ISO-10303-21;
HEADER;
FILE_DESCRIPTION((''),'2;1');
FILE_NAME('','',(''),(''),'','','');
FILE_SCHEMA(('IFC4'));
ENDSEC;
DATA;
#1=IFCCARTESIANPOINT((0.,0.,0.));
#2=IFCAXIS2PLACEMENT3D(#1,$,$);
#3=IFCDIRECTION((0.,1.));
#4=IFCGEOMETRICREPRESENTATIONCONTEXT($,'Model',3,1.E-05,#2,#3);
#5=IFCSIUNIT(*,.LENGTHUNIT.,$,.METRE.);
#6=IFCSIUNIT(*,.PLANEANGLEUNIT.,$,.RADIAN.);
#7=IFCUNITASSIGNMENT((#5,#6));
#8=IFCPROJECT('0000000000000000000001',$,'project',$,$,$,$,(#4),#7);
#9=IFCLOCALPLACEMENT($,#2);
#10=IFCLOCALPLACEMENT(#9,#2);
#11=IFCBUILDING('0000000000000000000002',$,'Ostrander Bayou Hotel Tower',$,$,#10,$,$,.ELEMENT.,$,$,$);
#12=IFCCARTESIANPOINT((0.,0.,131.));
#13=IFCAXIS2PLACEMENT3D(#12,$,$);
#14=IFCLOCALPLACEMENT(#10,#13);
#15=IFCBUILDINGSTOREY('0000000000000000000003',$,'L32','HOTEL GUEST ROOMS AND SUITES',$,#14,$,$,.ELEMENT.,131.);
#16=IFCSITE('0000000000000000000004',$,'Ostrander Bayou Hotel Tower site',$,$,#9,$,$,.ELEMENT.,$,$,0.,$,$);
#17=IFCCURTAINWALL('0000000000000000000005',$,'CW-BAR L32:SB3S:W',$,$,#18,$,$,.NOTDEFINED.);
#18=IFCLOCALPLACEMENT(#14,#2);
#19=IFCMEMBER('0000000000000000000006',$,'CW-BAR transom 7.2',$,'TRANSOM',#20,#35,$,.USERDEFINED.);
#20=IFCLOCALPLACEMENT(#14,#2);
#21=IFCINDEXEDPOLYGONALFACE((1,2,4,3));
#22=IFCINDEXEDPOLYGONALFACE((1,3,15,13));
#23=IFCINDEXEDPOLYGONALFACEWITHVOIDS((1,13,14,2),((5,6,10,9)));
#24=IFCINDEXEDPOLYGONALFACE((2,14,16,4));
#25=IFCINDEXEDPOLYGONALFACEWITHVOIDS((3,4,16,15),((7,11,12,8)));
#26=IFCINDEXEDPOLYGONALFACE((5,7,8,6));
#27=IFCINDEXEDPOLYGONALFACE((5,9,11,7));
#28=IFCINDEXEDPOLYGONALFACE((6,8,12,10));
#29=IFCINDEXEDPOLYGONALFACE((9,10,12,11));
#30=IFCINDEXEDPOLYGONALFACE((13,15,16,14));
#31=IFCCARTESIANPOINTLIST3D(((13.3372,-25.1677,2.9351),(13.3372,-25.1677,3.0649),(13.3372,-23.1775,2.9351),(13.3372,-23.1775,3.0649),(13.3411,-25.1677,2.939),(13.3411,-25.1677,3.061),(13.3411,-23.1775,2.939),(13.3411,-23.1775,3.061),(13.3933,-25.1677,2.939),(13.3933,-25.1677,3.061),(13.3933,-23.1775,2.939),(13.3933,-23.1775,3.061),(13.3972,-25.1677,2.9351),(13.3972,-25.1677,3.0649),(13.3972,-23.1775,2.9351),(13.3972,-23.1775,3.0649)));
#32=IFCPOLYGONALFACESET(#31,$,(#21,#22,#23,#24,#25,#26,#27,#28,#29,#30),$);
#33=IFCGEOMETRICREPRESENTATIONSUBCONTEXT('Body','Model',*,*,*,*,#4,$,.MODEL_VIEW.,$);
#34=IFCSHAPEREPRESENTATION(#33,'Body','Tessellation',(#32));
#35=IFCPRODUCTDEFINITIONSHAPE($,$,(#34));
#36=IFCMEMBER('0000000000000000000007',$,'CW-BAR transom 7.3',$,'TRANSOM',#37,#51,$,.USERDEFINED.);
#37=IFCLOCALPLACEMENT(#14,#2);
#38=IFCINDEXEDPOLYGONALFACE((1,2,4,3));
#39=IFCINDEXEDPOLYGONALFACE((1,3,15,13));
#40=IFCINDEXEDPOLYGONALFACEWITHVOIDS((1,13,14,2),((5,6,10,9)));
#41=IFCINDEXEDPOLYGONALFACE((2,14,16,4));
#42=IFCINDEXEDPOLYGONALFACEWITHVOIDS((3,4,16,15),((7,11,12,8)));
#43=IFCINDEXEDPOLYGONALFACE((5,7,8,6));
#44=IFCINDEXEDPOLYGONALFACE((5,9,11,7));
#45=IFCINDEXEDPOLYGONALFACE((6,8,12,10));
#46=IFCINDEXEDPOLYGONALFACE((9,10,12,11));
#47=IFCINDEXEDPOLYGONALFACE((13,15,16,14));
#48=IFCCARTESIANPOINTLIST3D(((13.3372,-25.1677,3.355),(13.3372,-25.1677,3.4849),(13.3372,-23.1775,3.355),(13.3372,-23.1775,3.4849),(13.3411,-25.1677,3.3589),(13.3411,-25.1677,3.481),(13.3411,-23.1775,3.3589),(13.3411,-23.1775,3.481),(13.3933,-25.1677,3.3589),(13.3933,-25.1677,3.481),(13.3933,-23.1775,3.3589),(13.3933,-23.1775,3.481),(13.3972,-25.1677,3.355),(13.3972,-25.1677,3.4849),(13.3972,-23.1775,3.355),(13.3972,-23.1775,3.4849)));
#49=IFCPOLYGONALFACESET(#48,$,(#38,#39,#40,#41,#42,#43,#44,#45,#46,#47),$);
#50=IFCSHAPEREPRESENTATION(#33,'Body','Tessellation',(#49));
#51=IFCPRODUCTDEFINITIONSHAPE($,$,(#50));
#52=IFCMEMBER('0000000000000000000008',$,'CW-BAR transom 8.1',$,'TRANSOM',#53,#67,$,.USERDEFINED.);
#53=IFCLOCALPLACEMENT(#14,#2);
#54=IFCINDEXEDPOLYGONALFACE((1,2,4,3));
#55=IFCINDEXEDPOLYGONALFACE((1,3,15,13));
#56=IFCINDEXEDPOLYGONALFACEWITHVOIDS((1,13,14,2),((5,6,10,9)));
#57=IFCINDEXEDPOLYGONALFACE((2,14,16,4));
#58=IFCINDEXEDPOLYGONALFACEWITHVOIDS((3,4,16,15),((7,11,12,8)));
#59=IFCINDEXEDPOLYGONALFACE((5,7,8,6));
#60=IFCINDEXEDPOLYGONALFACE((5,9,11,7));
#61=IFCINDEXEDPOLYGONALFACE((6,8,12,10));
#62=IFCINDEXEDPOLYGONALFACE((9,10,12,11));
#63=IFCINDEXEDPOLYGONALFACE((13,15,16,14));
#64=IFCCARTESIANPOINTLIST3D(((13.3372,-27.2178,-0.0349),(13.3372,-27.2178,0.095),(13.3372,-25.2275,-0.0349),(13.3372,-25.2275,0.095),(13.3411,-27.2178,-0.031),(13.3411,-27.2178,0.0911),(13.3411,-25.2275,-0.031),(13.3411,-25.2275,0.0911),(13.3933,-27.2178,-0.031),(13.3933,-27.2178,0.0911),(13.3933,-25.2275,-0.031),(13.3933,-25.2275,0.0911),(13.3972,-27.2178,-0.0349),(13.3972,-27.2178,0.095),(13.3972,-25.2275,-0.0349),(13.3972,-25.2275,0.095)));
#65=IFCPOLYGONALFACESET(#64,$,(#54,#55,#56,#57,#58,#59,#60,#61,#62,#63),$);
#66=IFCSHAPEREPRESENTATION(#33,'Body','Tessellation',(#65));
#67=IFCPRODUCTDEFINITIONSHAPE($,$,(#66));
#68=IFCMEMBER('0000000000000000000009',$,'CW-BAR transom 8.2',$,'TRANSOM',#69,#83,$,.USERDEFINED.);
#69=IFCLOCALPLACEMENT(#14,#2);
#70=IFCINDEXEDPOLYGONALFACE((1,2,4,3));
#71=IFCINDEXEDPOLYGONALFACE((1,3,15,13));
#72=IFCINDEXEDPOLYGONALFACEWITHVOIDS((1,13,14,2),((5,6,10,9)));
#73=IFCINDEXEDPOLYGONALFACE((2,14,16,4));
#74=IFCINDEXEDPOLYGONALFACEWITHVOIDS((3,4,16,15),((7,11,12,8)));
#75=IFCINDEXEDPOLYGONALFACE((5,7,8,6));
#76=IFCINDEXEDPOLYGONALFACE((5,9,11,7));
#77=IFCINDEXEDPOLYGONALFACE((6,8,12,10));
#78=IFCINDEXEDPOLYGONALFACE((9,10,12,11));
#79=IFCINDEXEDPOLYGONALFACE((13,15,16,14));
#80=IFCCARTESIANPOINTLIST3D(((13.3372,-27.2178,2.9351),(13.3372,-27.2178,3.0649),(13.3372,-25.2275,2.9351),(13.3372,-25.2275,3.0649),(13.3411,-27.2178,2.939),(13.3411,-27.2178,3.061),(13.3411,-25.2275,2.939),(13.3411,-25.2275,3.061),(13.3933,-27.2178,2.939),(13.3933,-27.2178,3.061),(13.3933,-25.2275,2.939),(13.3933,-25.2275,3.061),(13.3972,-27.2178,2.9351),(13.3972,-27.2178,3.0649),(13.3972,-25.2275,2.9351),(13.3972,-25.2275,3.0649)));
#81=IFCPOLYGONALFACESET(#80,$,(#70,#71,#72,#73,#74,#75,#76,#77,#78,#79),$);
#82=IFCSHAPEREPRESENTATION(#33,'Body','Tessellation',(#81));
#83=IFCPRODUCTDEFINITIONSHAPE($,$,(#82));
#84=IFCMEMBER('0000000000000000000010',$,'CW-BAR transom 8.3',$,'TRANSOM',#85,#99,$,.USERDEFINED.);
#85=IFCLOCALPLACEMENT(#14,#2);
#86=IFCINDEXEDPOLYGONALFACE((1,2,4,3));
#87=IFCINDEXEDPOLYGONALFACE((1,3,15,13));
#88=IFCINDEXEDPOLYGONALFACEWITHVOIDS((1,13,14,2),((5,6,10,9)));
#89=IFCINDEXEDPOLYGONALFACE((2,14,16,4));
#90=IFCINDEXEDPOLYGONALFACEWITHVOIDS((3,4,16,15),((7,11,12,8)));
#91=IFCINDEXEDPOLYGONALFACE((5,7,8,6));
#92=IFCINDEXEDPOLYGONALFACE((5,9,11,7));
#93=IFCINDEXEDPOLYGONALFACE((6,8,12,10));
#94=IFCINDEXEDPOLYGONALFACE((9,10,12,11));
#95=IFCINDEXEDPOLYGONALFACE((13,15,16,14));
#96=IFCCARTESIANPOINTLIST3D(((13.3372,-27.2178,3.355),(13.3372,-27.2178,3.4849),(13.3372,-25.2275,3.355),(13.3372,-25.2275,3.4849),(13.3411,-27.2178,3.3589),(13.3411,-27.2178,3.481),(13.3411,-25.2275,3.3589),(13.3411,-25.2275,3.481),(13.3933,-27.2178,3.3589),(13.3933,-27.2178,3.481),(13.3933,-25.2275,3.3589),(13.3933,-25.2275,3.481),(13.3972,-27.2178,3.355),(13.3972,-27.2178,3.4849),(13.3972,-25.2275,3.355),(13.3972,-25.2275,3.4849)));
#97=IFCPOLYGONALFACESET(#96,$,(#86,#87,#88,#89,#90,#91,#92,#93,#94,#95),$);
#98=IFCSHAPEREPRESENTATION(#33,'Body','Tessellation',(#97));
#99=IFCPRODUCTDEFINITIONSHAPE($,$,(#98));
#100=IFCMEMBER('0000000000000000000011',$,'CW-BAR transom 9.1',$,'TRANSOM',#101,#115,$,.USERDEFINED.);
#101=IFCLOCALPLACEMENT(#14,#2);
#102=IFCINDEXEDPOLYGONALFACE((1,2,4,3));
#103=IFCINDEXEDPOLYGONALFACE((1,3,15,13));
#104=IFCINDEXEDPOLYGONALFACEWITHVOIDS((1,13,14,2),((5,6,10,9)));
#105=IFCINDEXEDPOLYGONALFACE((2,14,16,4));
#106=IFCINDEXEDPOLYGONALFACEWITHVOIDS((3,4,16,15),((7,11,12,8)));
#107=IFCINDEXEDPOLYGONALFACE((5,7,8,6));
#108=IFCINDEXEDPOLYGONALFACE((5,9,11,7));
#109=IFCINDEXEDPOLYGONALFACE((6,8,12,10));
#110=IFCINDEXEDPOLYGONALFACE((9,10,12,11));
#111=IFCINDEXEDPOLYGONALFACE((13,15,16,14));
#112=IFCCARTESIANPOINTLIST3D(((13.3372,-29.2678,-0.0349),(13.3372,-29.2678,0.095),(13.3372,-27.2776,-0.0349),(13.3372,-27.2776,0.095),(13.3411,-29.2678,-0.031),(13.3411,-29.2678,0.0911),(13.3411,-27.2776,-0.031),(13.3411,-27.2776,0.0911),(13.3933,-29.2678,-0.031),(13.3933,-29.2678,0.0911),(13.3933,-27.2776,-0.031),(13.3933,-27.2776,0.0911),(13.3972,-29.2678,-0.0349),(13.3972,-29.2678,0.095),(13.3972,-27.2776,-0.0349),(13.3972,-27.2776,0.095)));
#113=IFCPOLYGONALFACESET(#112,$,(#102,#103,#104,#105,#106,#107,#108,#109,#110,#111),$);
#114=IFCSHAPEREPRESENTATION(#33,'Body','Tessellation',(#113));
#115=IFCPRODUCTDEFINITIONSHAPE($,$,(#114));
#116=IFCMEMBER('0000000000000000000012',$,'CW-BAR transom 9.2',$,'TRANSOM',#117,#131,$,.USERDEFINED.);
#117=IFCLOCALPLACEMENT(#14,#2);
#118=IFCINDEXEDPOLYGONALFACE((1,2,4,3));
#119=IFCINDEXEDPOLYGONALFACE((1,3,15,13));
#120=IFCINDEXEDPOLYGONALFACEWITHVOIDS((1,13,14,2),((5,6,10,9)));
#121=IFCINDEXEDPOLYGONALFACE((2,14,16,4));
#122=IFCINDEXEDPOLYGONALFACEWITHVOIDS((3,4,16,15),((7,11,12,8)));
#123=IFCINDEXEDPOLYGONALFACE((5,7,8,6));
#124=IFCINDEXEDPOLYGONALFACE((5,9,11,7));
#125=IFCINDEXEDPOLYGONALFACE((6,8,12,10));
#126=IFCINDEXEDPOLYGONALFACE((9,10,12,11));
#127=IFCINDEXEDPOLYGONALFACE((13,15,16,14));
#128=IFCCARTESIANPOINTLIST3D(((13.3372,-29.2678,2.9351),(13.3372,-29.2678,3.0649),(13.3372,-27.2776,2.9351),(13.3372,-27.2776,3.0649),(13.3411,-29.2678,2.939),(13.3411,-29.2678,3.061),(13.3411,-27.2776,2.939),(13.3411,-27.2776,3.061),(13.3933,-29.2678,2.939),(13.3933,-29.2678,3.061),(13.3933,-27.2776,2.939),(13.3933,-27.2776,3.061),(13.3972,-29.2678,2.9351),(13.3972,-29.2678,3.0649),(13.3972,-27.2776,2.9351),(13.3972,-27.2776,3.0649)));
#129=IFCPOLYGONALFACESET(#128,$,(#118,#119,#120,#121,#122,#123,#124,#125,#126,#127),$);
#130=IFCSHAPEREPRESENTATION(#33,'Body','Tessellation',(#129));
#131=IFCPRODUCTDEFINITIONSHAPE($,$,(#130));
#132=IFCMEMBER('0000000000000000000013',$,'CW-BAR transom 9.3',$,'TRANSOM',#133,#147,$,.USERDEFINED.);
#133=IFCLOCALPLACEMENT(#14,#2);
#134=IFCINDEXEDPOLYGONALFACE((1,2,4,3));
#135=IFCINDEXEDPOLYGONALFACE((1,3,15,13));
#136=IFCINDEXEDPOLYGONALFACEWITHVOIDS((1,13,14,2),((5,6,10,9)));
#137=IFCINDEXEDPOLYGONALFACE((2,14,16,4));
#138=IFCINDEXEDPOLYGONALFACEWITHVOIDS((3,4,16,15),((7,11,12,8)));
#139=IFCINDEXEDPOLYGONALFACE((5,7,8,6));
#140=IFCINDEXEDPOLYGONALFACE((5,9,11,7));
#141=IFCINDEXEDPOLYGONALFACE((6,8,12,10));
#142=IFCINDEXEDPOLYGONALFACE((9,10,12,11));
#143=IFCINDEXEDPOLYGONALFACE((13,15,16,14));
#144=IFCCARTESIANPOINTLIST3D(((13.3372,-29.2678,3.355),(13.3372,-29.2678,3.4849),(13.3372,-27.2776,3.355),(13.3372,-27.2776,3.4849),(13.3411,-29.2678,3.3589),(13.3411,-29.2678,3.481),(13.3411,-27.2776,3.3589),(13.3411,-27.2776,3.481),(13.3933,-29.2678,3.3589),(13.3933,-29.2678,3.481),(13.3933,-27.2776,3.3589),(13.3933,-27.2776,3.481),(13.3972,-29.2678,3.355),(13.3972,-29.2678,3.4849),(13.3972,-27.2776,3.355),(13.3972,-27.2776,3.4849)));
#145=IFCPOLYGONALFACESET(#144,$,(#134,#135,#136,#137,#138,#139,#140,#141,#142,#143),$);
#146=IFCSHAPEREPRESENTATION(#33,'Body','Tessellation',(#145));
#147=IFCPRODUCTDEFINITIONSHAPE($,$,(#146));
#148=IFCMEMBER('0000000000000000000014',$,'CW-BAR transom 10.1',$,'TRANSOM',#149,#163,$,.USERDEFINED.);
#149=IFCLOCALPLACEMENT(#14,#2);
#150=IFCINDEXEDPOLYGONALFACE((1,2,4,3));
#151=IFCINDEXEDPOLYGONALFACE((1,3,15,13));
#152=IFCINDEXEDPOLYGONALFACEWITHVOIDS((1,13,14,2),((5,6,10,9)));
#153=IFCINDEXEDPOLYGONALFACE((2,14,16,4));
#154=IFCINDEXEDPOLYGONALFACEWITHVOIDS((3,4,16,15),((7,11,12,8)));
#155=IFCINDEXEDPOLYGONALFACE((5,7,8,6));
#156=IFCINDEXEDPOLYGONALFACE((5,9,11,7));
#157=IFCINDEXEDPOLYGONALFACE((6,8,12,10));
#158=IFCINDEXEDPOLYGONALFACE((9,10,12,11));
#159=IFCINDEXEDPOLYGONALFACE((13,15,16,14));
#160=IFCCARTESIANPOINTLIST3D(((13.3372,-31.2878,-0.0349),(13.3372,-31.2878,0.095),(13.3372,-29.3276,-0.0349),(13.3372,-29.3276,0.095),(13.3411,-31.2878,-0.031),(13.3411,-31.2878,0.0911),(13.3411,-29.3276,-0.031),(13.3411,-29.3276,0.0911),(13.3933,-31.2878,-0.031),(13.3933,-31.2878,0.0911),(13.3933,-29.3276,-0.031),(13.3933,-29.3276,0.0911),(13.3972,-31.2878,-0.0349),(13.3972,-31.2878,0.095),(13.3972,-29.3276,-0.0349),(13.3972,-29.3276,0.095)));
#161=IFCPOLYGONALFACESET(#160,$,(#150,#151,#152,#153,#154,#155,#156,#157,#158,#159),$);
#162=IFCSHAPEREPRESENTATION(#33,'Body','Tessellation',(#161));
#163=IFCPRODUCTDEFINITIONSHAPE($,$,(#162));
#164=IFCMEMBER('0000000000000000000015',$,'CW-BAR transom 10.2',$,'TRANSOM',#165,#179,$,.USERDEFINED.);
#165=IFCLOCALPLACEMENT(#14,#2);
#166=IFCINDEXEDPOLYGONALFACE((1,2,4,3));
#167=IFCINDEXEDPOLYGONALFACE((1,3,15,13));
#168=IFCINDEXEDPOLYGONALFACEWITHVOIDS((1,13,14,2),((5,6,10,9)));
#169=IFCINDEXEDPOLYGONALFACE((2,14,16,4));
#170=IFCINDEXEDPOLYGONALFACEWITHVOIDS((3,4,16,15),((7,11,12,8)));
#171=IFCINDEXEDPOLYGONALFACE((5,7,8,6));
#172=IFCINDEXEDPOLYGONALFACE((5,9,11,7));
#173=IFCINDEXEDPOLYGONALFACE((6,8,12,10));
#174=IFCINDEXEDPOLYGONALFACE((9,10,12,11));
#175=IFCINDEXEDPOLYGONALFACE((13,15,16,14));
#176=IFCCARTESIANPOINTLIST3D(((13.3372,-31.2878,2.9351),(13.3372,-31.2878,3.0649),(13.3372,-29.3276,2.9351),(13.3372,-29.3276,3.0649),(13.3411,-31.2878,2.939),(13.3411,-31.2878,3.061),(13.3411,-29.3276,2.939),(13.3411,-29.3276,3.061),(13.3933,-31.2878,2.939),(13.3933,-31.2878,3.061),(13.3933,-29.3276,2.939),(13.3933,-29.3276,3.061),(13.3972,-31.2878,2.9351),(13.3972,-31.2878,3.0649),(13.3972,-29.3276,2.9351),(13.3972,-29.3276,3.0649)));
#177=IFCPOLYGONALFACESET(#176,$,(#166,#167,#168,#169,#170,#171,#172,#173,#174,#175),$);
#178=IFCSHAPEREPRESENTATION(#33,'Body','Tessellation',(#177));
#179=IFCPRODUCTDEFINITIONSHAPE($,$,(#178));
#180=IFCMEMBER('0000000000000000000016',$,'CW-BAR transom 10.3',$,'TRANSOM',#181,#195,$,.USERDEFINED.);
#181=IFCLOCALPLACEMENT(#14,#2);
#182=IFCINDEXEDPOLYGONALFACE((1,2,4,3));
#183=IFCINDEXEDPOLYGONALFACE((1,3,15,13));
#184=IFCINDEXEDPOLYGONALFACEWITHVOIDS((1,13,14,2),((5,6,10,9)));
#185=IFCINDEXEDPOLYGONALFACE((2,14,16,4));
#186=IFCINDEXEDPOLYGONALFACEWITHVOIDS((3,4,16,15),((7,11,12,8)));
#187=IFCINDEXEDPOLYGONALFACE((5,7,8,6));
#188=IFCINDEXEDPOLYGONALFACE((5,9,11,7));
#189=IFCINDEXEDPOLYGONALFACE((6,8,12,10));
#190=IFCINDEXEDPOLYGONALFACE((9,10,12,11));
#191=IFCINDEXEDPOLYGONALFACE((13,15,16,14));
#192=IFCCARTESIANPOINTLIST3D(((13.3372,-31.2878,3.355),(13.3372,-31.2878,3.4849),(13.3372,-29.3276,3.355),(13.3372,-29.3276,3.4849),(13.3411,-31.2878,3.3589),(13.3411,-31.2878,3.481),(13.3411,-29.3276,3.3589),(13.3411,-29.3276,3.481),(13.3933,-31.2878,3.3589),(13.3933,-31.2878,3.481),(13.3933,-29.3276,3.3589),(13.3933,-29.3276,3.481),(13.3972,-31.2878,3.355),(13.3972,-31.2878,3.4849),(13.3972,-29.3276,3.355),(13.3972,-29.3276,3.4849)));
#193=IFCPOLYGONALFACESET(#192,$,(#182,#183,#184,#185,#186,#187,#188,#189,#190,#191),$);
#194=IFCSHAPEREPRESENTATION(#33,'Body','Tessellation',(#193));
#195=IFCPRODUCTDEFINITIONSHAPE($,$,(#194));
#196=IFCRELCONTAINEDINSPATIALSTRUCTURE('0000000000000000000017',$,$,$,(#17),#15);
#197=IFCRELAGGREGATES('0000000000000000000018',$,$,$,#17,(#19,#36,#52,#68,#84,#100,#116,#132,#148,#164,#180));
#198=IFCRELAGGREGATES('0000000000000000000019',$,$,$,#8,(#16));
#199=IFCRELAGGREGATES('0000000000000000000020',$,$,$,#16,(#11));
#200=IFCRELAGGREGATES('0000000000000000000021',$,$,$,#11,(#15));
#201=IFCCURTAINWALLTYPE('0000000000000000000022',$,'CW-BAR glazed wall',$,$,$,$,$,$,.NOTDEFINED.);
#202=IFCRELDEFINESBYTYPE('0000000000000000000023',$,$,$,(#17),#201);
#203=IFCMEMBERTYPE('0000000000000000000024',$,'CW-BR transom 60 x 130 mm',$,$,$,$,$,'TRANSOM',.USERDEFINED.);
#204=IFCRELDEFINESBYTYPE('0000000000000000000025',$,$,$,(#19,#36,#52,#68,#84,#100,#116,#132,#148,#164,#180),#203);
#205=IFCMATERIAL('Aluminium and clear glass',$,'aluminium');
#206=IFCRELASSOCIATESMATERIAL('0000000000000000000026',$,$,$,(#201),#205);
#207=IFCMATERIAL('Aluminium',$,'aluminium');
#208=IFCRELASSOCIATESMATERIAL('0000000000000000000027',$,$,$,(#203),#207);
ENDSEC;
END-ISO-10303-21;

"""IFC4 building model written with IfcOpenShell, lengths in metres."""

from ifc_helpers import new_model, si_unit, direction, frame, origin, origin_2d, place, context, subcontext, project, spatial, hollow_rectangle, extrude, material, material_profile, profile_set, type_object, element, aggregate, save


model = new_model("IFC4")

# Units and contexts
model_context = context("Model", 3, precision=1e-05, world=origin(), true_north=direction((0.0, 1.0)))
body_context = subcontext(model_context, "Body", "Model", "MODEL_VIEW")
ifc_project = project(units=[si_unit("LENGTHUNIT", "METRE"), si_unit("PLANEANGLEUNIT", "RADIAN")], contexts=[model_context])

# Site, building, storey
site_placement = place(None, origin())
site = spatial("IfcSite", under=ifc_project, at=site_placement, Name="Ostrander Bayou Hotel Tower site", CompositionType="ELEMENT", RefElevation=0.0)
building_placement = place(site_placement, origin())
building = spatial("IfcBuilding", under=site, at=building_placement, Name="Ostrander Bayou Hotel Tower", CompositionType="ELEMENT")
storey_placement = place(building_placement, frame((0.0, 0.0, 131.0)))
storey = spatial("IfcBuildingStorey", under=building, at=storey_placement, Name="L32", Description="HOTEL GUEST ROOMS AND SUITES", CompositionType="ELEMENT", Elevation=131.0)

# Shared definitions
ifc_material_1 = material(Name="Aluminium and clear glass", Category="aluminium")
curtain_wall_type = type_object("IfcCurtainWallType", Name="CW-BAR glazed wall", PredefinedType="NOTDEFINED", material=ifc_material_1)

# Curtain wall, members
curtain_wall_1_placement = place(storey_placement, origin())
curtain_wall_1 = element("IfcCurtainWall", 1, at=curtain_wall_1_placement, inside=storey, type_object=curtain_wall_type, Name="CW-BAR L32:SB3S:W", PredefinedType="NOTDEFINED")
ifc_material_2 = material(Name="Aluminium", Category="aluminium")
ifc_material_profile_1 = material_profile(ifc_material_2, hollow_rectangle(XDim=0.0601, YDim=0.1299, WallThickness=0.0039, at=origin_2d()))
ifc_profile_set_1 = profile_set([ifc_material_profile_1], Name="Aluminium")
member_type_1 = type_object("IfcMemberType", Name="CW-BR transom 60 x 130 mm", ElementType="TRANSOM", PredefinedType="USERDEFINED", material=ifc_profile_set_1)
member_1_placement = place(storey_placement, frame((13.3672, -23.1775, 3.0), z_axis=(0.0, -1.0, 0.0), x_axis=(1.0, 0.0, 0.0)))
member_1 = element("IfcMember", 2, at=member_1_placement, type_object=member_type_1, Name="CW-BAR transom 7.2", ObjectType="TRANSOM", PredefinedType="USERDEFINED", context=body_context, shape_type="SweptSolid", body=[
    extrude(hollow_rectangle(XDim=0.0601, YDim=0.1299, WallThickness=0.0039, at=origin_2d()), origin(), (0.0, 0.0, 1.0), 1.9902),
])
member_2_placement = place(storey_placement, frame((13.3672, -23.1775, 3.4199), z_axis=(0.0, -1.0, 0.0), x_axis=(1.0, 0.0, 0.0)))
member_2 = element("IfcMember", 3, at=member_2_placement, type_object=member_type_1, Name="CW-BAR transom 7.3", ObjectType="TRANSOM", PredefinedType="USERDEFINED", context=body_context, shape_type="SweptSolid", body=[
    extrude(hollow_rectangle(XDim=0.0601, YDim=0.1299, WallThickness=0.0039, at=origin_2d()), origin(), (0.0, 0.0, 1.0), 1.9902),
])
member_3_placement = place(storey_placement, frame((13.3672, -25.2275, 0.03), z_axis=(0.0, -1.0, 0.0), x_axis=(1.0, 0.0, 0.0)))
member_3 = element("IfcMember", 4, at=member_3_placement, type_object=member_type_1, Name="CW-BAR transom 8.1", ObjectType="TRANSOM", PredefinedType="USERDEFINED", context=body_context, shape_type="SweptSolid", body=[
    extrude(hollow_rectangle(XDim=0.0601, YDim=0.1299, WallThickness=0.0039, at=origin_2d()), origin(), (0.0, 0.0, 1.0), 1.9902),
])
member_4_placement = place(storey_placement, frame((13.3672, -25.2275, 3.0), z_axis=(0.0, -1.0, 0.0), x_axis=(1.0, 0.0, 0.0)))
member_4 = element("IfcMember", 5, at=member_4_placement, type_object=member_type_1, Name="CW-BAR transom 8.2", ObjectType="TRANSOM", PredefinedType="USERDEFINED", context=body_context, shape_type="SweptSolid", body=[
    extrude(hollow_rectangle(XDim=0.0601, YDim=0.1299, WallThickness=0.0039, at=origin_2d()), origin(), (0.0, 0.0, 1.0), 1.9902),
])
member_5_placement = place(storey_placement, frame((13.3672, -25.2275, 3.4199), z_axis=(0.0, -1.0, 0.0), x_axis=(1.0, 0.0, 0.0)))
member_5 = element("IfcMember", 6, at=member_5_placement, type_object=member_type_1, Name="CW-BAR transom 8.3", ObjectType="TRANSOM", PredefinedType="USERDEFINED", context=body_context, shape_type="SweptSolid", body=[
    extrude(hollow_rectangle(XDim=0.0601, YDim=0.1299, WallThickness=0.0039, at=origin_2d()), origin(), (0.0, 0.0, 1.0), 1.9902),
])
member_6_placement = place(storey_placement, frame((13.3672, -27.2776, 0.03), z_axis=(0.0, -1.0, 0.0), x_axis=(1.0, 0.0, 0.0)))
member_6 = element("IfcMember", 7, at=member_6_placement, type_object=member_type_1, Name="CW-BAR transom 9.1", ObjectType="TRANSOM", PredefinedType="USERDEFINED", context=body_context, shape_type="SweptSolid", body=[
    extrude(hollow_rectangle(XDim=0.0601, YDim=0.1299, WallThickness=0.0039, at=origin_2d()), origin(), (0.0, 0.0, 1.0), 1.9902),
])
member_7_placement = place(storey_placement, frame((13.3672, -27.2776, 3.0), z_axis=(0.0, -1.0, 0.0), x_axis=(1.0, 0.0, 0.0)))
member_7 = element("IfcMember", 8, at=member_7_placement, type_object=member_type_1, Name="CW-BAR transom 9.2", ObjectType="TRANSOM", PredefinedType="USERDEFINED", context=body_context, shape_type="SweptSolid", body=[
    extrude(hollow_rectangle(XDim=0.0601, YDim=0.1299, WallThickness=0.0039, at=origin_2d()), origin(), (0.0, 0.0, 1.0), 1.9902),
])
member_8_placement = place(storey_placement, frame((13.3672, -27.2776, 3.4199), z_axis=(0.0, -1.0, 0.0), x_axis=(1.0, 0.0, 0.0)))
member_8 = element("IfcMember", 9, at=member_8_placement, type_object=member_type_1, Name="CW-BAR transom 9.3", ObjectType="TRANSOM", PredefinedType="USERDEFINED", context=body_context, shape_type="SweptSolid", body=[
    extrude(hollow_rectangle(XDim=0.0601, YDim=0.1299, WallThickness=0.0039, at=origin_2d()), origin(), (0.0, 0.0, 1.0), 1.9902),
])
member_9_placement = place(storey_placement, frame((13.3672, -29.3276, 0.03), z_axis=(0.0, -1.0, 0.0), x_axis=(1.0, 0.0, 0.0)))
member_9 = element("IfcMember", 10, at=member_9_placement, type_object=member_type_1, Name="CW-BAR transom 10.1", ObjectType="TRANSOM", PredefinedType="USERDEFINED", context=body_context, shape_type="SweptSolid", body=[
    extrude(hollow_rectangle(XDim=0.0601, YDim=0.1299, WallThickness=0.0039, at=origin_2d()), origin(), (0.0, 0.0, 1.0), 1.9602),
])
member_10_placement = place(storey_placement, frame((13.3672, -29.3276, 3.0), z_axis=(0.0, -1.0, 0.0), x_axis=(1.0, 0.0, 0.0)))
member_10 = element("IfcMember", 11, at=member_10_placement, type_object=member_type_1, Name="CW-BAR transom 10.2", ObjectType="TRANSOM", PredefinedType="USERDEFINED", context=body_context, shape_type="SweptSolid", body=[
    extrude(hollow_rectangle(XDim=0.0601, YDim=0.1299, WallThickness=0.0039, at=origin_2d()), origin(), (0.0, 0.0, 1.0), 1.9602),
])
member_11_placement = place(storey_placement, frame((13.3672, -29.3276, 3.4199), z_axis=(0.0, -1.0, 0.0), x_axis=(1.0, 0.0, 0.0)))
member_11 = element("IfcMember", 12, at=member_11_placement, type_object=member_type_1, Name="CW-BAR transom 10.3", ObjectType="TRANSOM", PredefinedType="USERDEFINED", context=body_context, shape_type="SweptSolid", body=[
    extrude(hollow_rectangle(XDim=0.0601, YDim=0.1299, WallThickness=0.0039, at=origin_2d()), origin(), (0.0, 0.0, 1.0), 1.9602),
])

aggregate(curtain_wall_1, [member_1, member_2, member_3, member_4, member_5, member_6, member_7, member_8, member_9, member_10, member_11])

save(model, "model.ifc")
